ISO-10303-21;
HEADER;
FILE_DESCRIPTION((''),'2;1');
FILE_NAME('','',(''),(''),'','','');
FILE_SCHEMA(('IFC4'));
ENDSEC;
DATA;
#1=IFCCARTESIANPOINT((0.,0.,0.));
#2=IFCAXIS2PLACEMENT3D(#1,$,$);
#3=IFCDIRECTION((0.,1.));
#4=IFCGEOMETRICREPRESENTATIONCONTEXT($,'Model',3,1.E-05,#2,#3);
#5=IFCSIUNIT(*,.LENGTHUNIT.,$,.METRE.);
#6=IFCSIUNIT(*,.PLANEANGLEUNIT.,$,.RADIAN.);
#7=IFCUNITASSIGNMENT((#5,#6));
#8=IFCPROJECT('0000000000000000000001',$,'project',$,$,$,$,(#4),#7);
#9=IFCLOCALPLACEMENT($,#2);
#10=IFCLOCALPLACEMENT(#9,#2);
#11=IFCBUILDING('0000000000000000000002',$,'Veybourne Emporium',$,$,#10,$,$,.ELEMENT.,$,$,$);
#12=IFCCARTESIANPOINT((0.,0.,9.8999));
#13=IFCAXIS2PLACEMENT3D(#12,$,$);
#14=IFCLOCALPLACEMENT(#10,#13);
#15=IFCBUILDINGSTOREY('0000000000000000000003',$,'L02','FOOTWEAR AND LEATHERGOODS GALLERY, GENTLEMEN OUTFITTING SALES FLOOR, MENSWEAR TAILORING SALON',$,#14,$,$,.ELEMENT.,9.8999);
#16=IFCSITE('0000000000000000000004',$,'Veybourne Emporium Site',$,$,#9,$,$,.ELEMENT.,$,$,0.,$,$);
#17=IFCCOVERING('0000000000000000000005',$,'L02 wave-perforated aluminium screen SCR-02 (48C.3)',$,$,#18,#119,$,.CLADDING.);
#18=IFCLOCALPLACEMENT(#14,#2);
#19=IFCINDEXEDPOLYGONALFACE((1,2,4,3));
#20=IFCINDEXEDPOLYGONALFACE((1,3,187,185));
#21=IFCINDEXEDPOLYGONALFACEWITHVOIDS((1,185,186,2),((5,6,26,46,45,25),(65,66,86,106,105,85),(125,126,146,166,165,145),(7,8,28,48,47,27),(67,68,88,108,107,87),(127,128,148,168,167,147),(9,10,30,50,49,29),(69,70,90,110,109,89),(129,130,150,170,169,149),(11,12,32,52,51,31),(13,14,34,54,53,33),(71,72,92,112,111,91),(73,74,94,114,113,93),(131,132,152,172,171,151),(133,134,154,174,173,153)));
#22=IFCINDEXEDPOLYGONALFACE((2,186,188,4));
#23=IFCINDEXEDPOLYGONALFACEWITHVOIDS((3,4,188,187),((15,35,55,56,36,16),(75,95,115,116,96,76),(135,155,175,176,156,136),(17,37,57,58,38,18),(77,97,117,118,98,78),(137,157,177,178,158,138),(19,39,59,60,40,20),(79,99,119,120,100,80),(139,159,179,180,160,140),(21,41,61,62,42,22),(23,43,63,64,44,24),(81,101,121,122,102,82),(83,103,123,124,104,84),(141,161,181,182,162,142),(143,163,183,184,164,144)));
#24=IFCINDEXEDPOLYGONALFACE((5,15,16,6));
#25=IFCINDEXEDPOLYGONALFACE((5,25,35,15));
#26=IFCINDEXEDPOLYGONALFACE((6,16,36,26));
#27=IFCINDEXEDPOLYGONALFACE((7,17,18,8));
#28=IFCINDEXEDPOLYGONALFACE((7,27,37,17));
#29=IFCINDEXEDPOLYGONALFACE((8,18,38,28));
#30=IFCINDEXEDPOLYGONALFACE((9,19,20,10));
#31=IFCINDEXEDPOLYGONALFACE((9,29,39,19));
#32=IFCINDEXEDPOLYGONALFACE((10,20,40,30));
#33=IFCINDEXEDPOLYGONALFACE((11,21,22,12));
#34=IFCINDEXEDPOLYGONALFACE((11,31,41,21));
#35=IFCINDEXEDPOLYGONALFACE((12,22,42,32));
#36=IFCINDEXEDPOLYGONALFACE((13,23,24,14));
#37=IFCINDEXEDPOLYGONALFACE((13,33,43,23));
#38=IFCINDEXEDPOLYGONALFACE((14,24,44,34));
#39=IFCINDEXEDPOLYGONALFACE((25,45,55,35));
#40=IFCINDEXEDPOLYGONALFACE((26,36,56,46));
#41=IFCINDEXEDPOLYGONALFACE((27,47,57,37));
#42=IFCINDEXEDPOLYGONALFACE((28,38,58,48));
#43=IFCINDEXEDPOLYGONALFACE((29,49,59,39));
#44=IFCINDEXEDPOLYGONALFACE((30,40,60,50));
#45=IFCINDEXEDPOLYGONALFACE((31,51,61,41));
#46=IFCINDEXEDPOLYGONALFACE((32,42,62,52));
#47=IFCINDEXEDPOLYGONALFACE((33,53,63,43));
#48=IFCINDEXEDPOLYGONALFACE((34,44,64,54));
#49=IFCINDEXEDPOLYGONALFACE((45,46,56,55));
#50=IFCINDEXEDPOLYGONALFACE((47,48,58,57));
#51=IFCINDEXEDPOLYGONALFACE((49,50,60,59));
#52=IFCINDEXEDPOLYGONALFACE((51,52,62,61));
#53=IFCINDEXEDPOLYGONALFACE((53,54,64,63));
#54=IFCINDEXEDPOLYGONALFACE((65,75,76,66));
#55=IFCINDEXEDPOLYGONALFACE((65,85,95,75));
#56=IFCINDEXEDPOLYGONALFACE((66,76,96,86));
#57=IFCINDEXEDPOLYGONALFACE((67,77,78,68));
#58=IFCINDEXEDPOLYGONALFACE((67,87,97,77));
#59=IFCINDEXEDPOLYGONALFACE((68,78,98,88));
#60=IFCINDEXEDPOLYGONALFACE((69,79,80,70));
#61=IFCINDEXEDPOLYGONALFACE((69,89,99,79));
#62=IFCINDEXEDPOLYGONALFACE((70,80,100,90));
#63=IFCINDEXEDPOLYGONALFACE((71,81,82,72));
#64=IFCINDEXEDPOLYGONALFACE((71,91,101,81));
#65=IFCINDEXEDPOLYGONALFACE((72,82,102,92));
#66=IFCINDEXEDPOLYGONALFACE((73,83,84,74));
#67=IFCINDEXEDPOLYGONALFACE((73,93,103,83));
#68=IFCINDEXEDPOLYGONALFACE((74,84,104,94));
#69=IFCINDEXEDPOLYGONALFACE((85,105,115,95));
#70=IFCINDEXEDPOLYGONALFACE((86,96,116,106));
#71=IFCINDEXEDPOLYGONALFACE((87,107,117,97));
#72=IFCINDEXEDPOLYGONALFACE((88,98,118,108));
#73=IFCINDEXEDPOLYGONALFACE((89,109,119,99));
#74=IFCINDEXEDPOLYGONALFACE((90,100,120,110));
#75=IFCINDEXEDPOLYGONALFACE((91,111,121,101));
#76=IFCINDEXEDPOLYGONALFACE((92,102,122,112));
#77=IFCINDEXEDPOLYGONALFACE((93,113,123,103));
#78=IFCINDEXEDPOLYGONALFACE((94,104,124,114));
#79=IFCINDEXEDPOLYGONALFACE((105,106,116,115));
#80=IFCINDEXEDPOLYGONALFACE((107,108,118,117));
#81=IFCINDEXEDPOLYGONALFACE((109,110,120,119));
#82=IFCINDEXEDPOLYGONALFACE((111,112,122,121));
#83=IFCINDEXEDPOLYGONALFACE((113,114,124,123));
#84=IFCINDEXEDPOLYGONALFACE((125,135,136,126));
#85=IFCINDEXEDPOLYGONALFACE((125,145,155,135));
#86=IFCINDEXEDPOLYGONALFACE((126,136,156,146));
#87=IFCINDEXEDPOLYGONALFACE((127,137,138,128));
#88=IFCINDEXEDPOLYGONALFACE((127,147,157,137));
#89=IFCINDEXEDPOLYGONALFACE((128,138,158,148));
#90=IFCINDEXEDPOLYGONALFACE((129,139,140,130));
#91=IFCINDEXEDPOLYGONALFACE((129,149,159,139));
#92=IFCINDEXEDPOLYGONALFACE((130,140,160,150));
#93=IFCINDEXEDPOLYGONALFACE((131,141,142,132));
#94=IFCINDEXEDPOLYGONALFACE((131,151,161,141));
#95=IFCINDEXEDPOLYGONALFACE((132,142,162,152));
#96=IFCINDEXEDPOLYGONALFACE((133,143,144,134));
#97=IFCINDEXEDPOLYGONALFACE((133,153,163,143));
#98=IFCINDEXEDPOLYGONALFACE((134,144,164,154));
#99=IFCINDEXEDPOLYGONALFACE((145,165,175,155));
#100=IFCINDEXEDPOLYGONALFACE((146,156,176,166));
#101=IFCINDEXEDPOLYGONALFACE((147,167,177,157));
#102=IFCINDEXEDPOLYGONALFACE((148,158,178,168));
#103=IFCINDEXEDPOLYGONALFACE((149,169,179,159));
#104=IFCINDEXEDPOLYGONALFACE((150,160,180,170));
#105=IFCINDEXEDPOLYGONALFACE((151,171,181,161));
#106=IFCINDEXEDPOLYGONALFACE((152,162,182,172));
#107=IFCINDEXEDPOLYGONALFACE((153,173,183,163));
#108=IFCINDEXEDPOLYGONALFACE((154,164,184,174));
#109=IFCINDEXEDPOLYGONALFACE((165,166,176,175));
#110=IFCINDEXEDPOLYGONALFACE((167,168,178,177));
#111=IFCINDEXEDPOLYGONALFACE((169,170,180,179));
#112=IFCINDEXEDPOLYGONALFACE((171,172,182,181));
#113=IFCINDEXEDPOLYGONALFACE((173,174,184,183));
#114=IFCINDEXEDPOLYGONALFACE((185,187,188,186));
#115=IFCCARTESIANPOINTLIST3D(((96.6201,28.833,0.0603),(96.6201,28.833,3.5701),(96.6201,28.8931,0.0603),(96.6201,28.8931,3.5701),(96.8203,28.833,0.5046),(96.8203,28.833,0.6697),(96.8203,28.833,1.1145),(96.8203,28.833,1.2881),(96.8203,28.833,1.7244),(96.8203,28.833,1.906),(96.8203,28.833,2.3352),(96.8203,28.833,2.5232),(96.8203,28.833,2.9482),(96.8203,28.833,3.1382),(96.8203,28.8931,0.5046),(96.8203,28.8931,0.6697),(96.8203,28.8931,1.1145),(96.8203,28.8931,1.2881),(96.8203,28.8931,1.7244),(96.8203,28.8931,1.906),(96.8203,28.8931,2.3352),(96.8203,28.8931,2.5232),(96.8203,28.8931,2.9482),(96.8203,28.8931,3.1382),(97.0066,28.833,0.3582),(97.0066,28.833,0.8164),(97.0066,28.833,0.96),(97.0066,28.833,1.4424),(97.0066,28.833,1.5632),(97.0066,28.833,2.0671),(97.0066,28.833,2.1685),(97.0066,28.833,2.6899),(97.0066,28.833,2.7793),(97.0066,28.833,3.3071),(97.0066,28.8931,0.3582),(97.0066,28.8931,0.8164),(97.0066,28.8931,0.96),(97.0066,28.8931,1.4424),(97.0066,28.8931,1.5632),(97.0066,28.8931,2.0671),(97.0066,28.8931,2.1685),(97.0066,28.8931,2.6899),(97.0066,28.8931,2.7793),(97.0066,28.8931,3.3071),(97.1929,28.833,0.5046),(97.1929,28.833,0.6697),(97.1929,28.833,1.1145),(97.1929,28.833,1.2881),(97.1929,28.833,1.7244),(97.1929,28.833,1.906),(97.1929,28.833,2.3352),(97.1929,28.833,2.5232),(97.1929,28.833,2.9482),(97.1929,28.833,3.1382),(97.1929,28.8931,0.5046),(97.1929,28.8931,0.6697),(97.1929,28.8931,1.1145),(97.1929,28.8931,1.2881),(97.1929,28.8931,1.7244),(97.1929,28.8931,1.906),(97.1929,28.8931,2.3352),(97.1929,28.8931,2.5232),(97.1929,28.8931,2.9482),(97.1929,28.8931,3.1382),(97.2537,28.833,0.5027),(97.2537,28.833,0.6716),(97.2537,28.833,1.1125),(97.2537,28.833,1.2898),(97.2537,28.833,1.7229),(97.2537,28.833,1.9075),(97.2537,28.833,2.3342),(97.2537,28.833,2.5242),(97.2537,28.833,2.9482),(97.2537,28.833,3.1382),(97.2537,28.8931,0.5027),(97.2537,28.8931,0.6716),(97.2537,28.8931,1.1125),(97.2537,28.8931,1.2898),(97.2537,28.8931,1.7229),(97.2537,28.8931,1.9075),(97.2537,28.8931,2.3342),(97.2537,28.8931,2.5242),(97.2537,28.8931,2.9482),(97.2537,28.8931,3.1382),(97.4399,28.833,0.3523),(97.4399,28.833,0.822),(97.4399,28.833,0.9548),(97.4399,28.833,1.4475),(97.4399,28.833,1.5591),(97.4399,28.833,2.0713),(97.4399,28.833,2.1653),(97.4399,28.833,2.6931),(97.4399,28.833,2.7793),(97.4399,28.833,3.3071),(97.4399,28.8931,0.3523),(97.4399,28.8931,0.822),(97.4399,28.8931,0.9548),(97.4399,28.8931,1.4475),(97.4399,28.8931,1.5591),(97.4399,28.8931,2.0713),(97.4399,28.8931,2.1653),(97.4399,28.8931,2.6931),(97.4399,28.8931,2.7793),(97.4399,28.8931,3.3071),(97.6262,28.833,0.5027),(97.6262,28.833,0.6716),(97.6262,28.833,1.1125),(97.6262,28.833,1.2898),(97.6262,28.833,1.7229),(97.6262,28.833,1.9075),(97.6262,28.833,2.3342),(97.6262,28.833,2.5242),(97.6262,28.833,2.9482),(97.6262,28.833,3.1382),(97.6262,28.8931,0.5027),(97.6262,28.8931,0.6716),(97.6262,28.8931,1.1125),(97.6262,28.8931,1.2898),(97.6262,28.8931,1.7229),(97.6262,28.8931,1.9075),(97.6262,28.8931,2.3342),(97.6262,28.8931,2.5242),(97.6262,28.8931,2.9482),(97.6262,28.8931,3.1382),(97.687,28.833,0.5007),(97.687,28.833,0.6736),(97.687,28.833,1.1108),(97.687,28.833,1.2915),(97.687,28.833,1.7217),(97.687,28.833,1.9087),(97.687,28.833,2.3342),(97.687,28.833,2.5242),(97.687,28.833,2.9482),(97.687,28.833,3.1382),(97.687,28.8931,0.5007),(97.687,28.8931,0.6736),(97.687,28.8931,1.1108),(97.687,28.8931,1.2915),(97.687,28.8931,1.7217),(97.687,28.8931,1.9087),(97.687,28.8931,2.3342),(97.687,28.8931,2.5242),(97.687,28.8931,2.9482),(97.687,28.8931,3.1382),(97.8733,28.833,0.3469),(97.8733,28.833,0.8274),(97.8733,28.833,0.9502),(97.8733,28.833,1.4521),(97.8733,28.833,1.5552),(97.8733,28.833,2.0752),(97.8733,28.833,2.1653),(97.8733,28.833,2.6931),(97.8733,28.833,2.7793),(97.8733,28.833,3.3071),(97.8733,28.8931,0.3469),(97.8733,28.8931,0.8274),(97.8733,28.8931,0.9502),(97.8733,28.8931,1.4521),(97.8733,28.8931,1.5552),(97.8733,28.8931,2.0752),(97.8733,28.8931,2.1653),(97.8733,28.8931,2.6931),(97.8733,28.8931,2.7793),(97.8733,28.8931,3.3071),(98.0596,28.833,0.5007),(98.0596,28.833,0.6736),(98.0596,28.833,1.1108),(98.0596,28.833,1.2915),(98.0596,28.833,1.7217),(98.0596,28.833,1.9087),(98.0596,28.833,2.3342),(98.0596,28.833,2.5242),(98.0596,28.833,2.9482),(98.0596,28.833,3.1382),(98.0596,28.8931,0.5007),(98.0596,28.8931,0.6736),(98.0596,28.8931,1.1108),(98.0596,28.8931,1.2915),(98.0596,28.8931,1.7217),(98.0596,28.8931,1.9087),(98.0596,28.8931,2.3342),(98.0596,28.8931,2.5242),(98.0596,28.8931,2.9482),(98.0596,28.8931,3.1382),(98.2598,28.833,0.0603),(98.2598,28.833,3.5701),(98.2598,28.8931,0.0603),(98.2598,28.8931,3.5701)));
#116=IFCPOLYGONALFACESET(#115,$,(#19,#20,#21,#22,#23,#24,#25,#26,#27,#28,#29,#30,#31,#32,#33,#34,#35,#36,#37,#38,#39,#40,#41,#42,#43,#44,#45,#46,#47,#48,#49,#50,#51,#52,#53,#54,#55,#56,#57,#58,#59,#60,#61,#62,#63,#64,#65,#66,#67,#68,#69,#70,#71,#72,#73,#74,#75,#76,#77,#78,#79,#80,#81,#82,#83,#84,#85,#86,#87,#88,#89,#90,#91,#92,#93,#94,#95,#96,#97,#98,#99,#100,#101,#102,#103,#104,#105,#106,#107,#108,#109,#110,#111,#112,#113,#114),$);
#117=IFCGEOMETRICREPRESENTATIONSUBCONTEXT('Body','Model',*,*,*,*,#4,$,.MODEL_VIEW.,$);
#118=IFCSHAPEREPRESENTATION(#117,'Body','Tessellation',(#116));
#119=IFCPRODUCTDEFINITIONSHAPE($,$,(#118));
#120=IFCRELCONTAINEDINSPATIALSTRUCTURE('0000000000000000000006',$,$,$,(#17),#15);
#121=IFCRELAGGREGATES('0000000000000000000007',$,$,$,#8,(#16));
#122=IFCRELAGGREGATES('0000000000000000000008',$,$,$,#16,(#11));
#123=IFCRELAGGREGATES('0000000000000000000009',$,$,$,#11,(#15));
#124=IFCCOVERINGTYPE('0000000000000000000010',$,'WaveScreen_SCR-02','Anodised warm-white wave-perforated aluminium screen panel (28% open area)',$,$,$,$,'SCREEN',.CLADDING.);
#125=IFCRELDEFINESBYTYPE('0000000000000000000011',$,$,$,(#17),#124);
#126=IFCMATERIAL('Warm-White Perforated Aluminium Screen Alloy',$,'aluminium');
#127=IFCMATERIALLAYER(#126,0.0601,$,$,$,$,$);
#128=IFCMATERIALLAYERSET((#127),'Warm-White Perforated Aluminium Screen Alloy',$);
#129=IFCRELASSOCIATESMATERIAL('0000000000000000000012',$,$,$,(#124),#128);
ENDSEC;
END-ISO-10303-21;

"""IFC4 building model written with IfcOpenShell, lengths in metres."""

from ifc_helpers import new_model, si_unit, direction, frame, origin, place, context, subcontext, project, spatial, polyline, outline, extrude, material, layer, layer_set, type_object, element, save


model = new_model("IFC4")

# Units and contexts
model_context = context("Model", 3, precision=1e-05, world=origin(), true_north=direction((0.0, 1.0)))
body_context = subcontext(model_context, "Body", "Model", "MODEL_VIEW")
ifc_project = project(units=[si_unit("LENGTHUNIT", "METRE"), si_unit("PLANEANGLEUNIT", "RADIAN")], contexts=[model_context])

# Site, building, storey
site_placement = place(None, origin())
site = spatial("IfcSite", under=ifc_project, at=site_placement, Name="Veybourne Emporium Site", CompositionType="ELEMENT", RefElevation=0.0)
building_placement = place(site_placement, origin())
building = spatial("IfcBuilding", under=site, at=building_placement, Name="Veybourne Emporium", CompositionType="ELEMENT")
storey_placement = place(building_placement, frame((0.0, 0.0, 9.8999)))
storey = spatial("IfcBuildingStorey", under=building, at=storey_placement, Name="L02", Description="FOOTWEAR AND LEATHERGOODS GALLERY, GENTLEMEN OUTFITTING SALES FLOOR, MENSWEAR TAILORING SALON", CompositionType="ELEMENT", Elevation=9.8999)

# Covering
ifc_material_1 = material(Name="Warm-White Perforated Aluminium Screen Alloy", Category="aluminium")
ifc_layer_1 = layer(ifc_material_1, 0.0601)
ifc_layer_set_1 = layer_set([ifc_layer_1], Name="Warm-White Perforated Aluminium Screen Alloy")
covering_type_1 = type_object("IfcCoveringType", Name="WaveScreen_SCR-02", Description="Anodised warm-white wave-perforated aluminium screen panel (28% open area)", ElementType="SCREEN", PredefinedType="CLADDING", material=ifc_layer_set_1)
covering_1_placement = place(storey_placement, frame((97.4399, 28.8931, 1.8152), z_axis=(0.0, -1.0, 0.0), x_axis=(1.0, 0.0, 0.0)))
element("IfcCovering", 1, at=covering_1_placement, inside=storey, type_object=covering_type_1, Name="L02 wave-perforated aluminium screen SCR-02 (48C.3)", PredefinedType="CLADDING", context=body_context, shape_type="SweptSolid", body=[
    extrude(outline(polyline([(-0.8198, -1.7549), (0.8198, -1.7549), (0.8198, 1.7549), (-0.8198, 1.7549), (-0.8198, -1.7549)]), holes=[polyline([(-0.4333, -0.9988), (-0.2471, -1.1455), (-0.2471, -1.3105), (-0.4333, -1.457), (-0.6196, -1.3105), (-0.6196, -1.1455), (-0.4333, -0.9988)]), polyline([(-0.4333, -0.3728), (-0.2471, -0.5271), (-0.2471, -0.7007), (-0.4333, -0.8552), (-0.6196, -0.7007), (-0.6196, -0.5271), (-0.4333, -0.3728)]), polyline([(-0.4333, 0.252), (-0.2471, 0.0908), (-0.2471, -0.0908), (-0.4333, -0.252), (-0.6196, -0.0908), (-0.6196, 0.0908), (-0.4333, 0.252)]), polyline([(-0.4333, 0.8748), (-0.2471, 0.708), (-0.2471, 0.52), (-0.4333, 0.3533), (-0.6196, 0.52), (-0.6196, 0.708), (-0.4333, 0.8748)]), polyline([(-0.4333, 1.4919), (-0.2471, 1.323), (-0.2471, 1.1331), (-0.4333, 0.9641), (-0.6196, 1.1331), (-0.6196, 1.323), (-0.4333, 1.4919)]), polyline([(0.0, -0.9932), (0.1863, -1.1436), (0.1863, -1.3125), (0.0, -1.4629), (-0.1863, -1.3125), (-0.1863, -1.1436), (0.0, -0.9932)]), polyline([(0.0, -0.3677), (0.1863, -0.5254), (0.1863, -0.7026), (0.0, -0.8604), (-0.1863, -0.7026), (-0.1863, -0.5254), (0.0, -0.3677)]), polyline([(0.0, 0.2561), (0.1863, 0.0923), (0.1863, -0.0923), (0.0, -0.2561), (-0.1863, -0.0923), (-0.1863, 0.0923), (0.0, 0.2561)]), polyline([(0.0, 0.8779), (0.1863, 0.709), (0.1863, 0.519), (0.0, 0.3501), (-0.1863, 0.519), (-0.1863, 0.709), (0.0, 0.8779)]), polyline([(0.0, 1.4919), (0.1863, 1.323), (0.1863, 1.1331), (0.0, 0.9641), (-0.1863, 1.1331), (-0.1863, 1.323), (0.0, 1.4919)]), polyline([(0.4333, -0.9878), (0.6196, -1.1416), (0.6196, -1.3145), (0.4333, -1.4683), (0.2471, -1.3145), (0.2471, -1.1416), (0.4333, -0.9878)]), polyline([(0.4333, -0.363), (0.6196, -0.5237), (0.6196, -0.7043), (0.4333, -0.865), (0.2471, -0.7043), (0.2471, -0.5237), (0.4333, -0.363)]), polyline([(0.4333, 0.26), (0.6196, 0.0935), (0.6196, -0.0935), (0.4333, -0.26), (0.2471, -0.0935), (0.2471, 0.0935), (0.4333, 0.26)]), polyline([(0.4333, 0.8779), (0.6196, 0.709), (0.6196, 0.519), (0.4333, 0.3501), (0.2471, 0.519), (0.2471, 0.709), (0.4333, 0.8779)]), polyline([(0.4333, 1.4919), (0.6196, 1.323), (0.6196, 1.1331), (0.4333, 0.9641), (0.2471, 1.1331), (0.2471, 1.323), (0.4333, 1.4919)])]), origin(), (0.0, 0.0, 1.0), 0.0601),
])

save(model, "model.ifc")
